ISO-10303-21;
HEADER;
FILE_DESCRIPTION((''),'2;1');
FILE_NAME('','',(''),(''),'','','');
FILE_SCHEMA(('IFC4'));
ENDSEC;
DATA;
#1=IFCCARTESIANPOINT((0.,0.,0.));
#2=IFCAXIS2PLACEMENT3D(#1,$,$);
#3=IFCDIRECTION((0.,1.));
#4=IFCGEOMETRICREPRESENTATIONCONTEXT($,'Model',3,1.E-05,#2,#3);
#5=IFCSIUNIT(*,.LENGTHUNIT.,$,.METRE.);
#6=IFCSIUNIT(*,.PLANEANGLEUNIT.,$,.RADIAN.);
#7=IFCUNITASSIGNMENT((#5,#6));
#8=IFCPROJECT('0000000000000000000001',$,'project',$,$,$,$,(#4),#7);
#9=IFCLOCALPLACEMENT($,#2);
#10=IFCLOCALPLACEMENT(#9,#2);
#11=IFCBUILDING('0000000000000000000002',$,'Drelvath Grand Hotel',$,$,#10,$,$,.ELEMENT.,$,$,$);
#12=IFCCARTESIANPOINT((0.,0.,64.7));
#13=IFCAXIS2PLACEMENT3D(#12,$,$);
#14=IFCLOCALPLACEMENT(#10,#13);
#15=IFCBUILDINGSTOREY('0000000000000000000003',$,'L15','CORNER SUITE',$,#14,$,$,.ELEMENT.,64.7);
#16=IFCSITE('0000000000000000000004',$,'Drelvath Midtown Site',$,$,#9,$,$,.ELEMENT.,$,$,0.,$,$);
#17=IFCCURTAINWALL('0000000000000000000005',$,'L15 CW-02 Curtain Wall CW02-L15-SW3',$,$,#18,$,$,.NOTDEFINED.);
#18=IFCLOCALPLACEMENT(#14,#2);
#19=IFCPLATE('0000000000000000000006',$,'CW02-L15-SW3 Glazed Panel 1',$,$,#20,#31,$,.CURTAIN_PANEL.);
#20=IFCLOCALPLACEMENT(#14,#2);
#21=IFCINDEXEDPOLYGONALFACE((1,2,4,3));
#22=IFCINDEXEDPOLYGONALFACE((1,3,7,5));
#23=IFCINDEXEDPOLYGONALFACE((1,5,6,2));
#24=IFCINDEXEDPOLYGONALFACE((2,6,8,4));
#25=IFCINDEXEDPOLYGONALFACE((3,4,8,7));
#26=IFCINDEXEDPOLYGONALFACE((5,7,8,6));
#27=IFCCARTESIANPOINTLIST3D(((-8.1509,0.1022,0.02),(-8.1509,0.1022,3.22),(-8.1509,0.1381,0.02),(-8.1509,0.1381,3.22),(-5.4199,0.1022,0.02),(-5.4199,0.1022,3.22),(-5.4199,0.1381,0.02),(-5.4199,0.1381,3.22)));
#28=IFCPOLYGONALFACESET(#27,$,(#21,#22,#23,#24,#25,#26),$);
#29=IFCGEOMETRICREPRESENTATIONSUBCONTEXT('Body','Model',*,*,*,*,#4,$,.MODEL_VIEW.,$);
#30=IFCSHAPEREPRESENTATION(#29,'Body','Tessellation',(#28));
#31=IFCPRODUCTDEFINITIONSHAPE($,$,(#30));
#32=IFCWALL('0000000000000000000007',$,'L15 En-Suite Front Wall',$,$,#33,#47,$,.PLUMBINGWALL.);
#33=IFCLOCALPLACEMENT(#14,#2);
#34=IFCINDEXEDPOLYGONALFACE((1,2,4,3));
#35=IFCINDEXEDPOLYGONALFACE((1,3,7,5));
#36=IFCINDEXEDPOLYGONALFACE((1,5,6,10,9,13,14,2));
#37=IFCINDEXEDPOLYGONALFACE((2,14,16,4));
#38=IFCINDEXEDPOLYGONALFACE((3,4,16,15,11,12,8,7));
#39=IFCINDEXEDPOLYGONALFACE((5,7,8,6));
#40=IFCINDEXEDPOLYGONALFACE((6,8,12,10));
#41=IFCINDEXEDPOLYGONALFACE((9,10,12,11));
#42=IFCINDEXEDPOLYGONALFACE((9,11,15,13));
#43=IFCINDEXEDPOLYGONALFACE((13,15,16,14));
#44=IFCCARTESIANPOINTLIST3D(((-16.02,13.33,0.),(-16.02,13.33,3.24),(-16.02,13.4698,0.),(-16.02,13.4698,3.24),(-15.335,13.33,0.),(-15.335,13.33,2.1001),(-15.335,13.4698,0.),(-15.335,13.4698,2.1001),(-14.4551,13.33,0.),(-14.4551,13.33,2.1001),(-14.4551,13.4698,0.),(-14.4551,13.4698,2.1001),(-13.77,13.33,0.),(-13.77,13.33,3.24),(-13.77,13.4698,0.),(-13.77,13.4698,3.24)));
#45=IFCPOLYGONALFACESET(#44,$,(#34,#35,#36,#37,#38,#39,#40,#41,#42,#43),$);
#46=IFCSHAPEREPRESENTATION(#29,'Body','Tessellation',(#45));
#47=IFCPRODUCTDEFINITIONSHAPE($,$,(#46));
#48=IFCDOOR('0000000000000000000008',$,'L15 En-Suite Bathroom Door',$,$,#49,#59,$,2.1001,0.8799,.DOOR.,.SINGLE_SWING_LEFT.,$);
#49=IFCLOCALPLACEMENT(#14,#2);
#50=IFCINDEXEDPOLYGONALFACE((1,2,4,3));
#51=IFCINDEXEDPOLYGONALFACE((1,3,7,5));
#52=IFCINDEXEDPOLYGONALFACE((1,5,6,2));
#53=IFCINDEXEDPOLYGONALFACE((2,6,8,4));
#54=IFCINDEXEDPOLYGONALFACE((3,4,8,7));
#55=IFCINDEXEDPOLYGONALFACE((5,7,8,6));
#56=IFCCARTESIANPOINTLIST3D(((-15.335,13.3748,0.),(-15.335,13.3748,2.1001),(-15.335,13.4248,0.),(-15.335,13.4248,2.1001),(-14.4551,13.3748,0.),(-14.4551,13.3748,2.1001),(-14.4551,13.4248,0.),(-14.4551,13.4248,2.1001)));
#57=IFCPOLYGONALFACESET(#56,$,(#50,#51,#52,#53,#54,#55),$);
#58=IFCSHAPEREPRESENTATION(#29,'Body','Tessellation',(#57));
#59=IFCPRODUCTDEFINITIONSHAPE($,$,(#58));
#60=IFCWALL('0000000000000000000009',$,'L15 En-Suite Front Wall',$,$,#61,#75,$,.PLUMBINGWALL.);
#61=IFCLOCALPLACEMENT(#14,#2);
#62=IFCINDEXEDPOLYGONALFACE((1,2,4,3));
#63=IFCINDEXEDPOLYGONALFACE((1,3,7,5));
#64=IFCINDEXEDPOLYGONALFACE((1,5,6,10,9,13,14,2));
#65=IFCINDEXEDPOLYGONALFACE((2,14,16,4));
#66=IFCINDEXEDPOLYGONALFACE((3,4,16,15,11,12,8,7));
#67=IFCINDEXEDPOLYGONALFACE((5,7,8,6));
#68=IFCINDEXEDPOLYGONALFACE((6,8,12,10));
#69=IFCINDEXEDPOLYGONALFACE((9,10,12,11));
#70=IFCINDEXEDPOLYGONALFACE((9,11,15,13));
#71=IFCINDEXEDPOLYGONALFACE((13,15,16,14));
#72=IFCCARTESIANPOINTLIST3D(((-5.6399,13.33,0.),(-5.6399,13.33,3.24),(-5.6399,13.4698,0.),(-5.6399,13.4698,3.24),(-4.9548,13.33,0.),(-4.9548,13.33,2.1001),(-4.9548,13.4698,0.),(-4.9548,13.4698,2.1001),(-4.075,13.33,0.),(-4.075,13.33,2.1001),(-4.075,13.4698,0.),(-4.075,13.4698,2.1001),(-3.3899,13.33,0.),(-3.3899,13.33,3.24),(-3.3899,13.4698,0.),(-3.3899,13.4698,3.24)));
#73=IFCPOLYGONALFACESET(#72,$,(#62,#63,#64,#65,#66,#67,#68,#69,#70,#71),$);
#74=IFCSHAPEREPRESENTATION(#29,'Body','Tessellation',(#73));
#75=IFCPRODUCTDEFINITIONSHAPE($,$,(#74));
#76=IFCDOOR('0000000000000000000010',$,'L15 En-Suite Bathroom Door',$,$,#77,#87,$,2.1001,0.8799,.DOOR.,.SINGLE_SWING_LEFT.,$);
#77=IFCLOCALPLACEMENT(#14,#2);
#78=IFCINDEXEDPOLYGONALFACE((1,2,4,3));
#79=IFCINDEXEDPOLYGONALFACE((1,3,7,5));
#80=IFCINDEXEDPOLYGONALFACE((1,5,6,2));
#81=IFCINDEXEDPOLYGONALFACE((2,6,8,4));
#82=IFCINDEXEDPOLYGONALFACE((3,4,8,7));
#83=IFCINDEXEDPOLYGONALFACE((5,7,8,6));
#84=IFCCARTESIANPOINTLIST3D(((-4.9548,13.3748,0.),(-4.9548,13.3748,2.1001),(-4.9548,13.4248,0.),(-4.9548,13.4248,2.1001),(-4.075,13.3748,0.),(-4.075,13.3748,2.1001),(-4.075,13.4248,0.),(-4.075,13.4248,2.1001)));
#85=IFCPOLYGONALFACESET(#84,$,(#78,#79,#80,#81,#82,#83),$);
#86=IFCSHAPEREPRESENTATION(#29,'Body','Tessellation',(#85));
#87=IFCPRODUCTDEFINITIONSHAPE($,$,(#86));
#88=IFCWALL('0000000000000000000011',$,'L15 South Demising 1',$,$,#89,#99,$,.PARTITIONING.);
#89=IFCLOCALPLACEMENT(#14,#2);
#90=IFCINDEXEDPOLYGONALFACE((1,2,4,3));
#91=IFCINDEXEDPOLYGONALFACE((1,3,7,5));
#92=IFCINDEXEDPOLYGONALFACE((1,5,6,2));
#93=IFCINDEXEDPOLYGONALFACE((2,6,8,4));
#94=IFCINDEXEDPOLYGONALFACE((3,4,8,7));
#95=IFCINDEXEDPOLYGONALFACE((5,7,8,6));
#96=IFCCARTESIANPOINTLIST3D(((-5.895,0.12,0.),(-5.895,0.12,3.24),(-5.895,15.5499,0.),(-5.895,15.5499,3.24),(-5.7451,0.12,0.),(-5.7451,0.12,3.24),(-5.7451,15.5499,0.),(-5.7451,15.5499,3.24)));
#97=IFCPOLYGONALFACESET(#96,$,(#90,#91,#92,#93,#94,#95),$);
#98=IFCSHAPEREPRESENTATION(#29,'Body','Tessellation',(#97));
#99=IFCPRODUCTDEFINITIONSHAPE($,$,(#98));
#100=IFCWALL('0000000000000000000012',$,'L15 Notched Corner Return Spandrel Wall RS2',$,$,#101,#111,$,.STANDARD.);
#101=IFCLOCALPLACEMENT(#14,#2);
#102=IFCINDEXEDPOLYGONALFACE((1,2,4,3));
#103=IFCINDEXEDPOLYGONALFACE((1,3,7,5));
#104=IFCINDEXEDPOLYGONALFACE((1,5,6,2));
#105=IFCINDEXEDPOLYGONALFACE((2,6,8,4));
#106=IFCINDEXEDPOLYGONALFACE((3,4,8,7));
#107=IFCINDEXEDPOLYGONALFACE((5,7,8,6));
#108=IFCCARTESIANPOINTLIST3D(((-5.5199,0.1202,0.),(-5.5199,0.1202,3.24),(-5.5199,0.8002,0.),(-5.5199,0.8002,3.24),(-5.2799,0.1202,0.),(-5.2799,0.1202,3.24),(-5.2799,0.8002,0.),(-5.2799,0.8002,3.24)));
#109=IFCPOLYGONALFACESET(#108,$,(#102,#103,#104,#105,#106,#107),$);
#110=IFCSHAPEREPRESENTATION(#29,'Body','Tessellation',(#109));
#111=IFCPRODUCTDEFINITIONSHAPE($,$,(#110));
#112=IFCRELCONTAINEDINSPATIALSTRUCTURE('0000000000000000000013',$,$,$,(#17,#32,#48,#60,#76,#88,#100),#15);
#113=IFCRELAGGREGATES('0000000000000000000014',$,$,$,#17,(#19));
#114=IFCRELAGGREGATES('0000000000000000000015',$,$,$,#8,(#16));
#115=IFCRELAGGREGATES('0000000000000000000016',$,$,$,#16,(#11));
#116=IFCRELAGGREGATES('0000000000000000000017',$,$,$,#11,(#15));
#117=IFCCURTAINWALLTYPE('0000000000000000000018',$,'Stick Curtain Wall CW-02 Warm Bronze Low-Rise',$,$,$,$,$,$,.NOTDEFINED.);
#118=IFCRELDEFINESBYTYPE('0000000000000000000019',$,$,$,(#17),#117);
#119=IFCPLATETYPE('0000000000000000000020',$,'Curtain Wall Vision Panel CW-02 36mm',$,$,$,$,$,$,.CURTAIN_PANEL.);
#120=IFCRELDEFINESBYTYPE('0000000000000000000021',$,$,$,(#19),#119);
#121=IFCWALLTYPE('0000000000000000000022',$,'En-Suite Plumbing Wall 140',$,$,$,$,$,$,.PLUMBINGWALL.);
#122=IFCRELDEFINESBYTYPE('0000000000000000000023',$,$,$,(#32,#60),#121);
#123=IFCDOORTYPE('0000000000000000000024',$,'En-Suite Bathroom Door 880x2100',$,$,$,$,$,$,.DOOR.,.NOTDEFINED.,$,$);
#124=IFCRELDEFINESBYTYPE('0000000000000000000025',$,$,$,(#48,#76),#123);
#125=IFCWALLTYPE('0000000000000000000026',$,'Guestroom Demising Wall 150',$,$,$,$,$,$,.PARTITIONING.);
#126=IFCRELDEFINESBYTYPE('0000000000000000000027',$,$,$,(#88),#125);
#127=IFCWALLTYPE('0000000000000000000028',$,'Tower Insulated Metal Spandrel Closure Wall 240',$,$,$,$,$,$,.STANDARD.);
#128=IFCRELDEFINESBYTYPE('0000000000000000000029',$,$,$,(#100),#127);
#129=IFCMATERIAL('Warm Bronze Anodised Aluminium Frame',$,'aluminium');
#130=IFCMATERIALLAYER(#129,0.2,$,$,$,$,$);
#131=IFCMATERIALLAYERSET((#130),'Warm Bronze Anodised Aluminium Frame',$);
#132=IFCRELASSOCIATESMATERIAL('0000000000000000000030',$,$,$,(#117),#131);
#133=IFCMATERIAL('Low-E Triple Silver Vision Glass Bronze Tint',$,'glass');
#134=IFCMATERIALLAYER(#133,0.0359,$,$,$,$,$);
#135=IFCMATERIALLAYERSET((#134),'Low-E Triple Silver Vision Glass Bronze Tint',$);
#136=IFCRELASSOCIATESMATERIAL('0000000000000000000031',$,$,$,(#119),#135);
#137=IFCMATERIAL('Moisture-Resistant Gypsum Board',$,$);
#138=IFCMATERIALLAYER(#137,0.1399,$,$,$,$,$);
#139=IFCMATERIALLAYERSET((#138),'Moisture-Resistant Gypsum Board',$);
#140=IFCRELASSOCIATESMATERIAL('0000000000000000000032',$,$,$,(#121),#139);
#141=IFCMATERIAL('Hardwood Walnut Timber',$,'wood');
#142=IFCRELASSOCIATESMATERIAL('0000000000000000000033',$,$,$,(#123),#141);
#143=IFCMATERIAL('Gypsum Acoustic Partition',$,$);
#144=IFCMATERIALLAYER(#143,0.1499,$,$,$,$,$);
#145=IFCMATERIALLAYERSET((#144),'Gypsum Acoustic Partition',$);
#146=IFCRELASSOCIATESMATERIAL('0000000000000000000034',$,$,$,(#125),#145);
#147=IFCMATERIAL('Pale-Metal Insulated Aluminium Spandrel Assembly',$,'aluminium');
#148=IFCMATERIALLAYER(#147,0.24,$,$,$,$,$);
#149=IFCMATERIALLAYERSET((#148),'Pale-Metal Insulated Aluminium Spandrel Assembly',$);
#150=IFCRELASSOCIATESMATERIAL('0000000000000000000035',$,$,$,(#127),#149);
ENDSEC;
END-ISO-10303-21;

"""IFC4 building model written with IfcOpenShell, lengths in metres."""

from ifc_helpers import new_model, si_unit, direction, frame, frame_2d, origin, origin_2d, place, context, subcontext, project, spatial, rectangle, extrude, material, layer, layer_set, type_object, element, fill, aggregate, save


model = new_model("IFC4")

# Units and contexts
model_context = context("Model", 3, precision=1e-05, world=origin(), true_north=direction((0.0, 1.0)))
body_context = subcontext(model_context, "Body", "Model", "MODEL_VIEW")
ifc_project = project(units=[si_unit("LENGTHUNIT", "METRE"), si_unit("PLANEANGLEUNIT", "RADIAN")], contexts=[model_context])

# Site, building, storey
site_placement = place(None, origin())
site = spatial("IfcSite", under=ifc_project, at=site_placement, Name="Drelvath Midtown Site", CompositionType="ELEMENT", RefElevation=0.0)
building_placement = place(site_placement, origin())
building = spatial("IfcBuilding", under=site, at=building_placement, Name="Drelvath Grand Hotel", CompositionType="ELEMENT")
storey_placement = place(building_placement, frame((0.0, 0.0, 64.7)))
storey = spatial("IfcBuildingStorey", under=building, at=storey_placement, Name="L15", Description="CORNER SUITE", CompositionType="ELEMENT", Elevation=64.7)

# Curtain wall
ifc_material_1 = material(Name="Warm Bronze Anodised Aluminium Frame", Category="aluminium")
ifc_layer_1 = layer(ifc_material_1, 0.2)
ifc_layer_set_1 = layer_set([ifc_layer_1], Name="Warm Bronze Anodised Aluminium Frame")
curtain_wall_type = type_object("IfcCurtainWallType", Name="Stick Curtain Wall CW-02 Warm Bronze Low-Rise", PredefinedType="NOTDEFINED", material=ifc_layer_set_1)
curtain_wall_1_placement = place(storey_placement, origin())
curtain_wall_1 = element("IfcCurtainWall", 1, at=curtain_wall_1_placement, inside=storey, type_object=curtain_wall_type, Name="L15 CW-02 Curtain Wall CW02-L15-SW3", PredefinedType="NOTDEFINED")

# Plate
ifc_material_2 = material(Name="Low-E Triple Silver Vision Glass Bronze Tint", Category="glass")
ifc_layer_2 = layer(ifc_material_2, 0.0359)
ifc_layer_set_2 = layer_set([ifc_layer_2], Name="Low-E Triple Silver Vision Glass Bronze Tint")
plate_type = type_object("IfcPlateType", Name="Curtain Wall Vision Panel CW-02 36mm", PredefinedType="CURTAIN_PANEL", material=ifc_layer_set_2)
plate_1_placement = place(storey_placement, frame((-6.7854, 0.1201, 0.02), z_axis=(0.0, 0.0, 1.0), x_axis=(-1.0, 0.0, 0.0)))
plate_1 = element("IfcPlate", 2, at=plate_1_placement, type_object=plate_type, Name="CW02-L15-SW3 Glazed Panel 1", PredefinedType="CURTAIN_PANEL", context=body_context, shape_type="SweptSolid", body=[
    extrude(rectangle(XDim=2.731, YDim=0.0359, at=origin_2d()), origin(), (0.0, 0.0, 1.0), 3.2),
])
aggregate(curtain_wall_1, [plate_1])

# Walls, openings, doors
ifc_material_3 = material(Name="Moisture-Resistant Gypsum Board")
ifc_layer_3 = layer(ifc_material_3, 0.1399)
ifc_layer_set_3 = layer_set([ifc_layer_3], Name="Moisture-Resistant Gypsum Board")
wall_type_1 = type_object("IfcWallType", Name="En-Suite Plumbing Wall 140", PredefinedType="PLUMBINGWALL", material=ifc_layer_set_3)
wall_1_placement = place(storey_placement, frame((-16.02, 13.3999, 0.0), z_axis=(0.0, 0.0, 1.0), x_axis=(1.0, 0.0, 0.0)))
wall_1 = element("IfcWall", 3, at=wall_1_placement, inside=storey, type_object=wall_type_1, Name="L15 En-Suite Front Wall", PredefinedType="PLUMBINGWALL", context=body_context, shape_type="SweptSolid", body=[
    extrude(rectangle(XDim=2.25, YDim=0.1399, at=frame_2d((1.125, 0.0))), origin(), (0.0, 0.0, 1.0), 3.24),
])
opening_1_placement = place(wall_1_placement, frame((0.6851, 0.0, 0.0)))
opening_1 = element("IfcOpeningElement", 4, at=opening_1_placement, cuts=wall_1, PredefinedType="OPENING", context=body_context, shape_type="SweptSolid", body=[
    extrude(rectangle(XDim=0.8799, YDim=2.1001, at=frame_2d((0.4399, 1.05))), frame((0.0, 0.0798, 0.0), z_axis=(0.0, -1.0, 0.0), x_axis=(1.0, 0.0, 0.0)), (0.0, 0.0, 1.0), 0.1599),
])
ifc_material_4 = material(Name="Hardwood Walnut Timber", Category="wood")
door_type = type_object("IfcDoorType", Name="En-Suite Bathroom Door 880x2100", OperationType="NOTDEFINED", PredefinedType="DOOR", material=ifc_material_4)
door_1_placement = place(opening_1_placement, origin())
door_1 = element("IfcDoor", 5, at=door_1_placement, inside=storey, type_object=door_type, Name="L15 En-Suite Bathroom Door", OperationType="SINGLE_SWING_LEFT", OverallHeight=2.1001, OverallWidth=0.8799, PredefinedType="DOOR", context=body_context, shape_type="SweptSolid", body=[
    extrude(rectangle(XDim=0.8799, YDim=2.1001, at=frame_2d((0.4399, 1.05))), frame((0.0, 0.0249, 0.0), z_axis=(0.0, -1.0, 0.0), x_axis=(1.0, 0.0, 0.0)), (0.0, 0.0, 1.0), 0.05),
])
fill(opening_1, door_1)
wall_2_placement = place(storey_placement, frame((-5.6399, 13.3999, 0.0), z_axis=(0.0, 0.0, 1.0), x_axis=(1.0, 0.0, 0.0)))
wall_2 = element("IfcWall", 6, at=wall_2_placement, inside=storey, type_object=wall_type_1, Name="L15 En-Suite Front Wall", PredefinedType="PLUMBINGWALL", context=body_context, shape_type="SweptSolid", body=[
    extrude(rectangle(XDim=2.25, YDim=0.1399, at=frame_2d((1.125, 0.0))), origin(), (0.0, 0.0, 1.0), 3.24),
])
opening_2_placement = place(wall_2_placement, frame((0.6851, 0.0, 0.0)))
opening_2 = element("IfcOpeningElement", 7, at=opening_2_placement, cuts=wall_2, PredefinedType="OPENING", context=body_context, shape_type="SweptSolid", body=[
    extrude(rectangle(XDim=0.8799, YDim=2.1001, at=frame_2d((0.4399, 1.05))), frame((0.0, 0.0798, 0.0), z_axis=(0.0, -1.0, 0.0), x_axis=(1.0, 0.0, 0.0)), (0.0, 0.0, 1.0), 0.1599),
])
door_2_placement = place(opening_2_placement, origin())
door_2 = element("IfcDoor", 8, at=door_2_placement, inside=storey, type_object=door_type, Name="L15 En-Suite Bathroom Door", OperationType="SINGLE_SWING_LEFT", OverallHeight=2.1001, OverallWidth=0.8799, PredefinedType="DOOR", context=body_context, shape_type="SweptSolid", body=[
    extrude(rectangle(XDim=0.8799, YDim=2.1001, at=frame_2d((0.4399, 1.05))), frame((0.0, 0.0249, 0.0), z_axis=(0.0, -1.0, 0.0), x_axis=(1.0, 0.0, 0.0)), (0.0, 0.0, 1.0), 0.05),
])
fill(opening_2, door_2)

# Walls
ifc_material_5 = material(Name="Gypsum Acoustic Partition")
ifc_layer_4 = layer(ifc_material_5, 0.1499)
ifc_layer_set_4 = layer_set([ifc_layer_4], Name="Gypsum Acoustic Partition")
wall_type_2 = type_object("IfcWallType", Name="Guestroom Demising Wall 150", PredefinedType="PARTITIONING", material=ifc_layer_set_4)
wall_3_placement = place(storey_placement, frame((-5.8201, 0.1201, 0.0), z_axis=(0.0, 0.0, 1.0), x_axis=(0.0, 1.0, 0.0)))
element("IfcWall", 9, at=wall_3_placement, inside=storey, type_object=wall_type_2, Name="L15 South Demising 1", PredefinedType="PARTITIONING", context=body_context, shape_type="SweptSolid", body=[
    extrude(rectangle(XDim=15.4299, YDim=0.1499, at=frame_2d((7.7148, 0.0))), origin(), (0.0, 0.0, 1.0), 3.24),
])
ifc_material_6 = material(Name="Pale-Metal Insulated Aluminium Spandrel Assembly", Category="aluminium")
ifc_layer_5 = layer(ifc_material_6, 0.24)
ifc_layer_set_5 = layer_set([ifc_layer_5], Name="Pale-Metal Insulated Aluminium Spandrel Assembly")
wall_type_3 = type_object("IfcWallType", Name="Tower Insulated Metal Spandrel Closure Wall 240", PredefinedType="STANDARD", material=ifc_layer_set_5)
wall_4_placement = place(storey_placement, frame((-5.3999, 0.8, 0.0), z_axis=(0.0, 0.0, 1.0), x_axis=(0.0, -1.0, 0.0)))
element("IfcWall", 10, at=wall_4_placement, inside=storey, type_object=wall_type_3, Name="L15 Notched Corner Return Spandrel Wall RS2", PredefinedType="STANDARD", context=body_context, shape_type="SweptSolid", body=[
    extrude(rectangle(XDim=0.6799, YDim=0.24, at=frame_2d((0.3398, 0.0))), origin(), (0.0, 0.0, 1.0), 3.24),
])

save(model, "model.ifc")
